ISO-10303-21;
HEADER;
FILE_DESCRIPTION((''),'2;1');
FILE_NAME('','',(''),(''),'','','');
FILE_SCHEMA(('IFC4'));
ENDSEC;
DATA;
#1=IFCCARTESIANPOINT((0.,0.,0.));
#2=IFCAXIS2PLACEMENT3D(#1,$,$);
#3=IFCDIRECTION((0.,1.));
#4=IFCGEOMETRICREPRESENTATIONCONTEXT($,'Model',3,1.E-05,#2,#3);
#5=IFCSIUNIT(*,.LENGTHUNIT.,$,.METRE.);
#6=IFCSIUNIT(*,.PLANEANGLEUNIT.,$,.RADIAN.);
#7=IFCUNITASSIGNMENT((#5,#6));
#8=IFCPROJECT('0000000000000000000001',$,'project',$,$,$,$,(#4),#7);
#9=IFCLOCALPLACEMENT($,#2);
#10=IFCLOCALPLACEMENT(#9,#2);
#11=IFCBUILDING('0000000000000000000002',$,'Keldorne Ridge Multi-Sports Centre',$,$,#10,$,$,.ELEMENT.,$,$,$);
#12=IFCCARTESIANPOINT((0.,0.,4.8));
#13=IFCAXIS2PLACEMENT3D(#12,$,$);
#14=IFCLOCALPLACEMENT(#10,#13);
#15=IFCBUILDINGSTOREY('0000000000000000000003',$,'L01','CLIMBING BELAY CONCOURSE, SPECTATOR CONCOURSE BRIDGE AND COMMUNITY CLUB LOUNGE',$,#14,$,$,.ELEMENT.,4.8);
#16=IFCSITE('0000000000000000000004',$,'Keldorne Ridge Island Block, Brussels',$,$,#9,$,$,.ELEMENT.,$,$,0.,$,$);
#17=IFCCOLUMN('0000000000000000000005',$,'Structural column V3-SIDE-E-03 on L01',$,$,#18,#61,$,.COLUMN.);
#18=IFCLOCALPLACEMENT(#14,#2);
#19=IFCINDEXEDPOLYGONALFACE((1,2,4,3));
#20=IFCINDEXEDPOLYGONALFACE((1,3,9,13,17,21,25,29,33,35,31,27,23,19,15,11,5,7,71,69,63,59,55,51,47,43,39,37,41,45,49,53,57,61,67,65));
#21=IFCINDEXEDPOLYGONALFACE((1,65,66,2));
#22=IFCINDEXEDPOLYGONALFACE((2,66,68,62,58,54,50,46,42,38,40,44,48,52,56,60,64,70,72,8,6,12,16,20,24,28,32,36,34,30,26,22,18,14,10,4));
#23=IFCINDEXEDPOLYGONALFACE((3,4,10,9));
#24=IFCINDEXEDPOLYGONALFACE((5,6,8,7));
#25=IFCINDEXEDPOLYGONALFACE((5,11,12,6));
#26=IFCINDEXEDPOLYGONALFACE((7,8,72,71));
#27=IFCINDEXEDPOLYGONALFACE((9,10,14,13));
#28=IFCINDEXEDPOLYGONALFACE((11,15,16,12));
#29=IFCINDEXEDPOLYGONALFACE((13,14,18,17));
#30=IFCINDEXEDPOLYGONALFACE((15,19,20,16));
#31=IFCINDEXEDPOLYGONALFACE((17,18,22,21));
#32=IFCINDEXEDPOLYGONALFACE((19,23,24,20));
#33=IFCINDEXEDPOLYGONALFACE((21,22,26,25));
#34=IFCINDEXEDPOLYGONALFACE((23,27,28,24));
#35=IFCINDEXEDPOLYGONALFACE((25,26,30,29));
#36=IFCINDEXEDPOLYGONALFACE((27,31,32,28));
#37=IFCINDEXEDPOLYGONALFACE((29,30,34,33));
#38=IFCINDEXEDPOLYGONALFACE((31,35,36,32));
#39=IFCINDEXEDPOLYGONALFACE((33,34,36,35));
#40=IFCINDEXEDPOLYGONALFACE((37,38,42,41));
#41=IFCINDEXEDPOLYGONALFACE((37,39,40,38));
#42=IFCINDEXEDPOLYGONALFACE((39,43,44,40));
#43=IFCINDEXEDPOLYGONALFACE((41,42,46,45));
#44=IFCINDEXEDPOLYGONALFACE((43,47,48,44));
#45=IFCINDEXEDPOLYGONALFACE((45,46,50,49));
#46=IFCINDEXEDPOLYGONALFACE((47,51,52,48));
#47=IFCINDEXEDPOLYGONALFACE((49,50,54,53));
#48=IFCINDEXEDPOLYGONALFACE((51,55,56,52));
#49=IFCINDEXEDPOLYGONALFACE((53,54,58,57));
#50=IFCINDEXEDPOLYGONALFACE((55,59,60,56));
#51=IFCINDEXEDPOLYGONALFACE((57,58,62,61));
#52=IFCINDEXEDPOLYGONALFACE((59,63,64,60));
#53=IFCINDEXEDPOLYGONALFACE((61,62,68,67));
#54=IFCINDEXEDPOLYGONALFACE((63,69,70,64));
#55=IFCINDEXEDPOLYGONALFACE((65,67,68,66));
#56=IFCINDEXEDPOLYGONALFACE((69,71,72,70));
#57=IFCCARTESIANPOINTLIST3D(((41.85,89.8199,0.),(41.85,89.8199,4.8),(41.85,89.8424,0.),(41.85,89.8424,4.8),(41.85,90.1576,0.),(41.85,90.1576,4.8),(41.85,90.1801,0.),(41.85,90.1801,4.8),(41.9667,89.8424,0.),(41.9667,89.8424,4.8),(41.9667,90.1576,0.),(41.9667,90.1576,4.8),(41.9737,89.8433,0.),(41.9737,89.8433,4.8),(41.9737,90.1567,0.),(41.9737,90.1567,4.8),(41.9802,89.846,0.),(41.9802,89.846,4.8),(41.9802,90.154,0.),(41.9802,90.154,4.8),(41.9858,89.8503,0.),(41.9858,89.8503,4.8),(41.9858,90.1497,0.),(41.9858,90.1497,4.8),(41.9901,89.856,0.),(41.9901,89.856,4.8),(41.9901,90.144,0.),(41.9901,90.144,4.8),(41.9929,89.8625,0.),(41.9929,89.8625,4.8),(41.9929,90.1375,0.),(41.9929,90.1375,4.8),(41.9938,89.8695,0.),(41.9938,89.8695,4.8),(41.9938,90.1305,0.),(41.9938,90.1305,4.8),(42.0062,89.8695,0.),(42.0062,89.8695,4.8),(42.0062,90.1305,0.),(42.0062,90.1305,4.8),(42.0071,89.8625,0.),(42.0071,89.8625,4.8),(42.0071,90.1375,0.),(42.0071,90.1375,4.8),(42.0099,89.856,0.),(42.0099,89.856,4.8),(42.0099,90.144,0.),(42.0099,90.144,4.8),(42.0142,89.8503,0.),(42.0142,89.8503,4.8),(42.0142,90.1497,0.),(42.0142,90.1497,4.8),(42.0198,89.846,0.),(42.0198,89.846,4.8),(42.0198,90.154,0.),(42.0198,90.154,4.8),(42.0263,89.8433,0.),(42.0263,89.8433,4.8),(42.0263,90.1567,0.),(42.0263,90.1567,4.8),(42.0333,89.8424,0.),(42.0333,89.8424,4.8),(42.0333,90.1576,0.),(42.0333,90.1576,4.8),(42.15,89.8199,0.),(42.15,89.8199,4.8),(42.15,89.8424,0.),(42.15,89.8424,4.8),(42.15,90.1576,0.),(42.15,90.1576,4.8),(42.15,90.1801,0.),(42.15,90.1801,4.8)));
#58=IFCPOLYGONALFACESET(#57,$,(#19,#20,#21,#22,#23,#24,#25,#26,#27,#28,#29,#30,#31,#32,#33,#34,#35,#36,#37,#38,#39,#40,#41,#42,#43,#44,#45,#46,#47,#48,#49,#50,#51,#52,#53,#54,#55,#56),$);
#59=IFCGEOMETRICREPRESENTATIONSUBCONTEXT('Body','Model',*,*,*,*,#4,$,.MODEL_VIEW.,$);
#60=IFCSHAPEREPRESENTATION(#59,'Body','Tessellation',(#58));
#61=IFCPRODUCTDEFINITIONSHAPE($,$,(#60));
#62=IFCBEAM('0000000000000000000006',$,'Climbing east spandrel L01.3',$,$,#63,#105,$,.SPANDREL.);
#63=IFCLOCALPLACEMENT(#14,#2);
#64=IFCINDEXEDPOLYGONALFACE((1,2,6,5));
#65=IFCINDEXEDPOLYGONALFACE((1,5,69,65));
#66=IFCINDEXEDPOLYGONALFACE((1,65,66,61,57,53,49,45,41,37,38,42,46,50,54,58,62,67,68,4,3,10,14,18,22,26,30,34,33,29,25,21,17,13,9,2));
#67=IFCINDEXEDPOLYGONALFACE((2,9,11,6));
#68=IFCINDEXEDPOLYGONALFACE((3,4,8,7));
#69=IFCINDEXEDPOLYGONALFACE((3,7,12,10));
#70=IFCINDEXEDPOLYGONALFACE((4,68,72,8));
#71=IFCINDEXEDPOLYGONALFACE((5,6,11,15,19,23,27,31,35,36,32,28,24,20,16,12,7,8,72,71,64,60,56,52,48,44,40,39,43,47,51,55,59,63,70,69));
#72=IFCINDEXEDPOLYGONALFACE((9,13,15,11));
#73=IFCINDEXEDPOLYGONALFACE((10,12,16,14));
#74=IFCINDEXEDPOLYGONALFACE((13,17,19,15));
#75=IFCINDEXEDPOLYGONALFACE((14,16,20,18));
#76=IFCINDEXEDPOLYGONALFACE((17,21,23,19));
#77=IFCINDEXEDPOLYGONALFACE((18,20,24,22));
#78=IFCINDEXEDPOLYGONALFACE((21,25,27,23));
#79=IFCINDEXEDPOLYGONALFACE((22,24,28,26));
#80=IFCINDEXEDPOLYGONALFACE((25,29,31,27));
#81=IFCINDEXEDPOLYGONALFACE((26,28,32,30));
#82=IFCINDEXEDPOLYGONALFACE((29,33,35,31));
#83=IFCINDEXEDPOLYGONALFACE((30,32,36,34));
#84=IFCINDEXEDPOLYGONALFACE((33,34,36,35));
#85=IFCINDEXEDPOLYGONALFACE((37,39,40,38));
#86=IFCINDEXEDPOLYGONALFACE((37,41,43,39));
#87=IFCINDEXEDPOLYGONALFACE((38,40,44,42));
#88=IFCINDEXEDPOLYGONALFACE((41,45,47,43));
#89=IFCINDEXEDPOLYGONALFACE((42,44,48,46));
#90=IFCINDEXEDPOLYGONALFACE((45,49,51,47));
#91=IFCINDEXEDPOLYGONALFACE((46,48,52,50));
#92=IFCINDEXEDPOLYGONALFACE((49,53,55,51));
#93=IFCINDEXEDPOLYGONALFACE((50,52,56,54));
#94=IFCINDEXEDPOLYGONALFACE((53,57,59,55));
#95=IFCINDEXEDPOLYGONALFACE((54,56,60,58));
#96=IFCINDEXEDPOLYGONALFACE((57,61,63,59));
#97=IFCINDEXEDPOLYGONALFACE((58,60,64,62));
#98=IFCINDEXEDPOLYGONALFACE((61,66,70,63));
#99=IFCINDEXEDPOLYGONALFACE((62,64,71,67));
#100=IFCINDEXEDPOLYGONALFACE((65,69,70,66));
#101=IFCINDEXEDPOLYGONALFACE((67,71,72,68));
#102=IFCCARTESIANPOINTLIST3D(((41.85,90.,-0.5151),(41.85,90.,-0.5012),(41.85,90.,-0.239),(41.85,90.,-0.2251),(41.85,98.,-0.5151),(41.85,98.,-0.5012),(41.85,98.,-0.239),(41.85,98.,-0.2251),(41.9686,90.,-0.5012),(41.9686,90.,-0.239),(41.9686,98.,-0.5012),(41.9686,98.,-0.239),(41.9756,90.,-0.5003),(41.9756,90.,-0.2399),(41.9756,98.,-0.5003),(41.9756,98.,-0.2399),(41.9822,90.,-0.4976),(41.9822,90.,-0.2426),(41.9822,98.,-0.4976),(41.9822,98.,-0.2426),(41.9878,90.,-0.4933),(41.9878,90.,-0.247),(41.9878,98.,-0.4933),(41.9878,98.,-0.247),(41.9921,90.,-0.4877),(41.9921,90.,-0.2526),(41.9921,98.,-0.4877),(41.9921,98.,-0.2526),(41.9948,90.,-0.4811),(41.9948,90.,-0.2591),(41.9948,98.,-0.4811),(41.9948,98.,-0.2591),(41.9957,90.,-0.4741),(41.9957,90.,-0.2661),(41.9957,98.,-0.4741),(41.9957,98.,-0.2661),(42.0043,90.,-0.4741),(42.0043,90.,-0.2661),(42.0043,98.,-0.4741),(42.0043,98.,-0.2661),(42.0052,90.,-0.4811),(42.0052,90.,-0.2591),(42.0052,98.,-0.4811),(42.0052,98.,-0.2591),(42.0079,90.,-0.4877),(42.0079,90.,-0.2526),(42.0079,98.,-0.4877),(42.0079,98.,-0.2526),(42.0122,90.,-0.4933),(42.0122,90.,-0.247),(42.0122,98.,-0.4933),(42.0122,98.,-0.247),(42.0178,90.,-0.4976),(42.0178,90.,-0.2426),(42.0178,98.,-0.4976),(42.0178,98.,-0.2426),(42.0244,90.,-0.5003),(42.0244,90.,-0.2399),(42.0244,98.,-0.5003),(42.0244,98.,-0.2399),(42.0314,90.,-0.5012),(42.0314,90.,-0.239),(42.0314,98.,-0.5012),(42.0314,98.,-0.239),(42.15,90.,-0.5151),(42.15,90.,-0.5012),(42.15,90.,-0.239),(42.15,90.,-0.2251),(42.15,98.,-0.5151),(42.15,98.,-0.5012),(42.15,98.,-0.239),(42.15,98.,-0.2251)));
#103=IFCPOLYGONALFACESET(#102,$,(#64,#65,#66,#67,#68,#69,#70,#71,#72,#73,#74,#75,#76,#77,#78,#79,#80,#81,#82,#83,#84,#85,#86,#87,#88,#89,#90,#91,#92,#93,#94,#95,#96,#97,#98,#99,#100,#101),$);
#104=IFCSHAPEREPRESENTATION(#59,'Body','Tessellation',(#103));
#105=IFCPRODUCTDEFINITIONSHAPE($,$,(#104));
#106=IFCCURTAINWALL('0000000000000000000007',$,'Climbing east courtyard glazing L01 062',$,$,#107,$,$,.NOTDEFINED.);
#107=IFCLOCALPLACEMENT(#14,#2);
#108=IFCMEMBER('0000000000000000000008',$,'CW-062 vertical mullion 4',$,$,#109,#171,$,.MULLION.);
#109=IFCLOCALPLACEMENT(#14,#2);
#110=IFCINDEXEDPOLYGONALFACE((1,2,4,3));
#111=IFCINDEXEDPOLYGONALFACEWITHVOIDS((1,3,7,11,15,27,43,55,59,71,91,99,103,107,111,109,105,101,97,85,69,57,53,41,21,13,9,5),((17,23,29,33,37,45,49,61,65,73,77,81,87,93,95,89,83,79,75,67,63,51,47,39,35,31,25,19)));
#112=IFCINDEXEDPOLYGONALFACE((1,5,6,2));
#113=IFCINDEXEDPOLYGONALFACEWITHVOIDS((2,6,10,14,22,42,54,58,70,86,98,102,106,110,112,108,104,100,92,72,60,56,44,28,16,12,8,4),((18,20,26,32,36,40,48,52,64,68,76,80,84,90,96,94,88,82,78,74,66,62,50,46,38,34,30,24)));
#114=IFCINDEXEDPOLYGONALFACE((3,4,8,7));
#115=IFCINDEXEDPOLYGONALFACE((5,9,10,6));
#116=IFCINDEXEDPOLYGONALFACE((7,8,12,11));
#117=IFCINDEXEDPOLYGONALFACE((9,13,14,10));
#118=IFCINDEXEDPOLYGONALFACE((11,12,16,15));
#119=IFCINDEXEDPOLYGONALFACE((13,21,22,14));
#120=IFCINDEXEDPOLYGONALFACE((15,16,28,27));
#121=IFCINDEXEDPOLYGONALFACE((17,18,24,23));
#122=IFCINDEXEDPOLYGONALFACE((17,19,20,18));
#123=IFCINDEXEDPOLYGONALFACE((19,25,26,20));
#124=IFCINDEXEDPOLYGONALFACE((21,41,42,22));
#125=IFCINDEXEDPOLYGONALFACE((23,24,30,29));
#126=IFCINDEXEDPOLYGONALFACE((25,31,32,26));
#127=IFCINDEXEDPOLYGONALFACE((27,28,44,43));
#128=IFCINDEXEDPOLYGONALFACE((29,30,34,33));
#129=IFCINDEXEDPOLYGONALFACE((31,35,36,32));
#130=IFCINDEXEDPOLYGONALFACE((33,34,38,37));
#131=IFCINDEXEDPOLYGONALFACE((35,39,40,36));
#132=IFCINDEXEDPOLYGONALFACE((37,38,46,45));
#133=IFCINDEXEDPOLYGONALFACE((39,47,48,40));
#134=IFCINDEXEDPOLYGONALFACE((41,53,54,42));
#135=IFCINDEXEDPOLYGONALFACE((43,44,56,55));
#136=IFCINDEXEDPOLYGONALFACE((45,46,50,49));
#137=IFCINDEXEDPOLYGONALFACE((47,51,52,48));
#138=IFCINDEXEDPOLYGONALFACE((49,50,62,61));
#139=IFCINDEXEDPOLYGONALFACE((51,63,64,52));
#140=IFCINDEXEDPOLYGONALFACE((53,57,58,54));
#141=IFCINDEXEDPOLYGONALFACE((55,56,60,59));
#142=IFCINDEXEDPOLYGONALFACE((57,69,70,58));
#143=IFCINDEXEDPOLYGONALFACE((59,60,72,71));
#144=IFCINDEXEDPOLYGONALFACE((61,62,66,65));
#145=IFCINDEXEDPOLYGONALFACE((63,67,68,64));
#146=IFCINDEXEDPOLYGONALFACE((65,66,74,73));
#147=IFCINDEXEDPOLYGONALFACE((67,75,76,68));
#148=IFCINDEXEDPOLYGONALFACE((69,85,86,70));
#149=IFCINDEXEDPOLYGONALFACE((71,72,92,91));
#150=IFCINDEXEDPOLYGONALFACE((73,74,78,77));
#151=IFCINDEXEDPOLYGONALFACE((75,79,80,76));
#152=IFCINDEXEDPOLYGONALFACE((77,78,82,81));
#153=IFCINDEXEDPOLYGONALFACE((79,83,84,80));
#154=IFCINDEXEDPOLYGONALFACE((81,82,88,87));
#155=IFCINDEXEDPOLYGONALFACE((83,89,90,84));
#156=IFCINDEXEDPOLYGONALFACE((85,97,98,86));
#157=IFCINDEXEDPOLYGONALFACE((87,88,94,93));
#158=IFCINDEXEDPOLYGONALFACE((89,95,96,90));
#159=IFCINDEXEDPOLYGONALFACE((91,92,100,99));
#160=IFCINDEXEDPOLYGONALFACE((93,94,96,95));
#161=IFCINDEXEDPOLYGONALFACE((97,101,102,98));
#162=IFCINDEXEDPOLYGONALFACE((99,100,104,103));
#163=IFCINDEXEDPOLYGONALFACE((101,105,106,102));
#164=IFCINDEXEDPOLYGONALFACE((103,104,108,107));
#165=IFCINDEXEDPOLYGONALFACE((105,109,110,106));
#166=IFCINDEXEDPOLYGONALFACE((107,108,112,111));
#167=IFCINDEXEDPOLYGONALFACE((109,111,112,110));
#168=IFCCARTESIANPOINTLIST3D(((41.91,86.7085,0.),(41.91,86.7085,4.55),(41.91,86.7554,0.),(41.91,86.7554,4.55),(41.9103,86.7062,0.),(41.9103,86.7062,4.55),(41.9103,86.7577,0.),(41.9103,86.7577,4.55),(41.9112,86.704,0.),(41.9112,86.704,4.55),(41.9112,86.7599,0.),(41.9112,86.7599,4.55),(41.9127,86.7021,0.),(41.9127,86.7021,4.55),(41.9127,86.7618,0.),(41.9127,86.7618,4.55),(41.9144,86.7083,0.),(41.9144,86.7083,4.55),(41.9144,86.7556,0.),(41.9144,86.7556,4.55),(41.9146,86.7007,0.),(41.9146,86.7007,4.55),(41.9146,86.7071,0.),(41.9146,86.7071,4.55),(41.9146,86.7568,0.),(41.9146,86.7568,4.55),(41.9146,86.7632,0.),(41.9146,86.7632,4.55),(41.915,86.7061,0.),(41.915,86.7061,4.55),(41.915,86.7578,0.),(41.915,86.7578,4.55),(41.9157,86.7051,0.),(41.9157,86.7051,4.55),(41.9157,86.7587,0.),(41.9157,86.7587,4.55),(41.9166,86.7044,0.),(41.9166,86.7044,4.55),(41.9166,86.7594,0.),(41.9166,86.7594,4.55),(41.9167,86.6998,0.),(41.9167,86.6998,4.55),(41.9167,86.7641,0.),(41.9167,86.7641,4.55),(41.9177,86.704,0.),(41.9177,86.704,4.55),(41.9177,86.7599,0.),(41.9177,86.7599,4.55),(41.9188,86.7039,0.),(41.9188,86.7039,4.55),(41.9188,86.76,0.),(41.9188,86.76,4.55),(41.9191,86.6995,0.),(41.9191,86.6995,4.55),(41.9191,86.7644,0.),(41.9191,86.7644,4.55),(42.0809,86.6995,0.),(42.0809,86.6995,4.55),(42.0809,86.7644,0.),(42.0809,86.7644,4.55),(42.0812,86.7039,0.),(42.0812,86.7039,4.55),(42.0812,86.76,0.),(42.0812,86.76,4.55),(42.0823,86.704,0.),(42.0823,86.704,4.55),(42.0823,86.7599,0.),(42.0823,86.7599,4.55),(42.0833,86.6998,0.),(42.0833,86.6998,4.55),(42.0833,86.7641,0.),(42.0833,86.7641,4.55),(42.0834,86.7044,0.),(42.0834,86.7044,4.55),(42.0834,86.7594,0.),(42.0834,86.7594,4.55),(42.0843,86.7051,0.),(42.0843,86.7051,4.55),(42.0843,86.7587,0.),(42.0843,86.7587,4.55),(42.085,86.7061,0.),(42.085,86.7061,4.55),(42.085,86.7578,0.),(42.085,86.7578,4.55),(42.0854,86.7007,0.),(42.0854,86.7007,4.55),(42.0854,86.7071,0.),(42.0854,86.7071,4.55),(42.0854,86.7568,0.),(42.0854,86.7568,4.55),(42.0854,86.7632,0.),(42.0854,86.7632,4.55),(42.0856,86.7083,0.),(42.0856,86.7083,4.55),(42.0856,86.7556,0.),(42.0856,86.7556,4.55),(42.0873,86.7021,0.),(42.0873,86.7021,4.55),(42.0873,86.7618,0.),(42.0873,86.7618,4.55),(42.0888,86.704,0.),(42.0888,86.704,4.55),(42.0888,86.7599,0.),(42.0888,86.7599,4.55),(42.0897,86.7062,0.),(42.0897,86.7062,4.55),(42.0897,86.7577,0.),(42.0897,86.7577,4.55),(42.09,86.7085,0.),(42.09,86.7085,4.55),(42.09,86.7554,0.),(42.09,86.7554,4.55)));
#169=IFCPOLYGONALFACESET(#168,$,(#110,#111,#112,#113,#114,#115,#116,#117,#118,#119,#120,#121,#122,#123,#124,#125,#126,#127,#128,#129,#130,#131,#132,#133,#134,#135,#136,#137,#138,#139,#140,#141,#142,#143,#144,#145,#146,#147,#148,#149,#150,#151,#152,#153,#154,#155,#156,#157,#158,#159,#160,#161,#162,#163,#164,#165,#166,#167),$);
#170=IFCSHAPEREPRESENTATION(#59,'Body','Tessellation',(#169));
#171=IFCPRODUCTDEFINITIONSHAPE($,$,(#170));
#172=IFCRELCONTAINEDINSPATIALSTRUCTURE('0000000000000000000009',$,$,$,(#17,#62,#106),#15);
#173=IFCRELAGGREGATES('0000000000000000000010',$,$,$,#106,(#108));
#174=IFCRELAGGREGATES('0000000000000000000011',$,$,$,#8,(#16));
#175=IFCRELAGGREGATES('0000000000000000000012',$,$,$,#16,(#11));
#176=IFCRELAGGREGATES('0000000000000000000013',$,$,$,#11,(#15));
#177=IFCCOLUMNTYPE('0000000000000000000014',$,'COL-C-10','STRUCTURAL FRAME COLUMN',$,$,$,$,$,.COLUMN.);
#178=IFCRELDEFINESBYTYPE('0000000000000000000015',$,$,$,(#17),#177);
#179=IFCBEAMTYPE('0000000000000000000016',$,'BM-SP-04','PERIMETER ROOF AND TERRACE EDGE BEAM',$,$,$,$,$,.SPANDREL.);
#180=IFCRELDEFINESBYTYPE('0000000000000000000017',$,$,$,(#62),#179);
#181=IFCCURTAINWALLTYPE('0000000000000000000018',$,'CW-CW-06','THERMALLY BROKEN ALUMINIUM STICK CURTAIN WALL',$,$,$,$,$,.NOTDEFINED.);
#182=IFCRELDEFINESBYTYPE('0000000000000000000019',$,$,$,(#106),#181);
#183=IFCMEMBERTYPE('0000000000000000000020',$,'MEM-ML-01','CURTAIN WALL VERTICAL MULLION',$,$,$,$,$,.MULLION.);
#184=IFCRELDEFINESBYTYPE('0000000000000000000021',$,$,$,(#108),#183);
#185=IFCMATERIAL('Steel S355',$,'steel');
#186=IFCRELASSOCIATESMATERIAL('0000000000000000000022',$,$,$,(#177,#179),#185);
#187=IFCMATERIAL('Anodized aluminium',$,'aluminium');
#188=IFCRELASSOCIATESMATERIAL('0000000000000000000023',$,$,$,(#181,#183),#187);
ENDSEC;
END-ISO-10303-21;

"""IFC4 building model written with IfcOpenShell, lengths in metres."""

from ifc_helpers import new_model, si_unit, direction, frame, origin, origin_2d, place, context, subcontext, project, spatial, hollow_rectangle, i_section, extrude, material, material_profile, profile_set, type_object, element, aggregate, save


model = new_model("IFC4")

# Units and contexts
model_context = context("Model", 3, precision=1e-05, world=origin(), true_north=direction((0.0, 1.0)))
body_context = subcontext(model_context, "Body", "Model", "MODEL_VIEW")
ifc_project = project(units=[si_unit("LENGTHUNIT", "METRE"), si_unit("PLANEANGLEUNIT", "RADIAN")], contexts=[model_context])

# Site, building, storey
site_placement = place(None, origin())
site = spatial("IfcSite", under=ifc_project, at=site_placement, Name="Keldorne Ridge Island Block, Brussels", CompositionType="ELEMENT", RefElevation=0.0)
building_placement = place(site_placement, origin())
building = spatial("IfcBuilding", under=site, at=building_placement, Name="Keldorne Ridge Multi-Sports Centre", CompositionType="ELEMENT")
storey_placement = place(building_placement, frame((0.0, 0.0, 4.8)))
storey = spatial("IfcBuildingStorey", under=building, at=storey_placement, Name="L01", Description="CLIMBING BELAY CONCOURSE, SPECTATOR CONCOURSE BRIDGE AND COMMUNITY CLUB LOUNGE", CompositionType="ELEMENT", Elevation=4.8)

# Column
ifc_material_1 = material(Name="Steel S355", Category="steel")
ifc_material_profile_1 = material_profile(ifc_material_1, i_section(OverallWidth=0.3, OverallDepth=0.3601, WebThickness=0.0125, FlangeThickness=0.0225, FilletRadius=0.0271, at=origin_2d()), Name="HEB 360")
ifc_profile_set_1 = profile_set([ifc_material_profile_1], Name="Steel S355")
column_type = type_object("IfcColumnType", Name="COL-C-10", Description="STRUCTURAL FRAME COLUMN", PredefinedType="COLUMN", material=ifc_profile_set_1)
column_placement = place(storey_placement, frame((42.0, 90.0, 0.0), z_axis=(0.0, 0.0, 1.0), x_axis=(1.0, 0.0, 0.0)))
element("IfcColumn", 1, at=column_placement, inside=storey, type_object=column_type, Name="Structural column V3-SIDE-E-03 on L01", PredefinedType="COLUMN", context=body_context, shape_type="SweptSolid", body=[
    extrude(i_section(OverallWidth=0.3, OverallDepth=0.3601, WebThickness=0.0125, FlangeThickness=0.0225, FilletRadius=0.0271, at=origin_2d()), origin(), (0.0, 0.0, 1.0), 4.8),
])

# Beam
ifc_material_profile_2 = material_profile(ifc_material_1, i_section(OverallWidth=0.3, OverallDepth=0.29, WebThickness=0.0085, FlangeThickness=0.0139, FilletRadius=0.0271, at=origin_2d()), Name="HEA 300")
ifc_profile_set_2 = profile_set([ifc_material_profile_2], Name="Steel S355")
beam_type = type_object("IfcBeamType", Name="BM-SP-04", Description="PERIMETER ROOF AND TERRACE EDGE BEAM", PredefinedType="SPANDREL", material=ifc_profile_set_2)
beam_placement = place(storey_placement, frame((42.0, 90.0, -0.3701), z_axis=(0.0, 1.0, 0.0), x_axis=(-1.0, 0.0, 0.0)))
element("IfcBeam", 2, at=beam_placement, inside=storey, type_object=beam_type, Name="Climbing east spandrel L01.3", PredefinedType="SPANDREL", context=body_context, shape_type="SweptSolid", body=[
    extrude(i_section(OverallWidth=0.3, OverallDepth=0.29, WebThickness=0.0085, FlangeThickness=0.0139, FilletRadius=0.0271, at=origin_2d()), origin(), (0.0, 0.0, 1.0), 8.0),
])

# Curtain wall, member
ifc_material_2 = material(Name="Anodized aluminium", Category="aluminium")
curtain_wall_type_1 = type_object("IfcCurtainWallType", Name="CW-CW-06", Description="THERMALLY BROKEN ALUMINIUM STICK CURTAIN WALL", PredefinedType="NOTDEFINED", material=ifc_material_2)
curtain_wall_1_placement = place(storey_placement, origin())
curtain_wall_1 = element("IfcCurtainWall", 3, at=curtain_wall_1_placement, inside=storey, type_object=curtain_wall_type_1, Name="Climbing east courtyard glazing L01 062", PredefinedType="NOTDEFINED")
ifc_material_profile_3 = material_profile(ifc_material_2, hollow_rectangle(XDim=0.0649, YDim=0.1799, WallThickness=0.0044, InnerFilletRadius=0.0044, OuterFilletRadius=0.009, at=origin_2d()), Name="ALU MULLION 180x65x4.5")
ifc_profile_set_3 = profile_set([ifc_material_profile_3], Name="Anodized aluminium")
member_type_1 = type_object("IfcMemberType", Name="MEM-ML-01", Description="CURTAIN WALL VERTICAL MULLION", PredefinedType="MULLION", material=ifc_profile_set_3)
member_1_placement = place(storey_placement, frame((42.0, 86.7319, 0.0), z_axis=(0.0, 0.0, 1.0), x_axis=(0.0, 1.0, 0.0)))
member_1 = element("IfcMember", 4, at=member_1_placement, type_object=member_type_1, Name="CW-062 vertical mullion 4", PredefinedType="MULLION", context=body_context, shape_type="SweptSolid", body=[
    extrude(hollow_rectangle(XDim=0.0649, YDim=0.1799, WallThickness=0.0044, InnerFilletRadius=0.0044, OuterFilletRadius=0.009, at=origin_2d()), origin(), (0.0, 0.0, 1.0), 4.55),
])

aggregate(curtain_wall_1, [member_1])

save(model, "model.ifc")
